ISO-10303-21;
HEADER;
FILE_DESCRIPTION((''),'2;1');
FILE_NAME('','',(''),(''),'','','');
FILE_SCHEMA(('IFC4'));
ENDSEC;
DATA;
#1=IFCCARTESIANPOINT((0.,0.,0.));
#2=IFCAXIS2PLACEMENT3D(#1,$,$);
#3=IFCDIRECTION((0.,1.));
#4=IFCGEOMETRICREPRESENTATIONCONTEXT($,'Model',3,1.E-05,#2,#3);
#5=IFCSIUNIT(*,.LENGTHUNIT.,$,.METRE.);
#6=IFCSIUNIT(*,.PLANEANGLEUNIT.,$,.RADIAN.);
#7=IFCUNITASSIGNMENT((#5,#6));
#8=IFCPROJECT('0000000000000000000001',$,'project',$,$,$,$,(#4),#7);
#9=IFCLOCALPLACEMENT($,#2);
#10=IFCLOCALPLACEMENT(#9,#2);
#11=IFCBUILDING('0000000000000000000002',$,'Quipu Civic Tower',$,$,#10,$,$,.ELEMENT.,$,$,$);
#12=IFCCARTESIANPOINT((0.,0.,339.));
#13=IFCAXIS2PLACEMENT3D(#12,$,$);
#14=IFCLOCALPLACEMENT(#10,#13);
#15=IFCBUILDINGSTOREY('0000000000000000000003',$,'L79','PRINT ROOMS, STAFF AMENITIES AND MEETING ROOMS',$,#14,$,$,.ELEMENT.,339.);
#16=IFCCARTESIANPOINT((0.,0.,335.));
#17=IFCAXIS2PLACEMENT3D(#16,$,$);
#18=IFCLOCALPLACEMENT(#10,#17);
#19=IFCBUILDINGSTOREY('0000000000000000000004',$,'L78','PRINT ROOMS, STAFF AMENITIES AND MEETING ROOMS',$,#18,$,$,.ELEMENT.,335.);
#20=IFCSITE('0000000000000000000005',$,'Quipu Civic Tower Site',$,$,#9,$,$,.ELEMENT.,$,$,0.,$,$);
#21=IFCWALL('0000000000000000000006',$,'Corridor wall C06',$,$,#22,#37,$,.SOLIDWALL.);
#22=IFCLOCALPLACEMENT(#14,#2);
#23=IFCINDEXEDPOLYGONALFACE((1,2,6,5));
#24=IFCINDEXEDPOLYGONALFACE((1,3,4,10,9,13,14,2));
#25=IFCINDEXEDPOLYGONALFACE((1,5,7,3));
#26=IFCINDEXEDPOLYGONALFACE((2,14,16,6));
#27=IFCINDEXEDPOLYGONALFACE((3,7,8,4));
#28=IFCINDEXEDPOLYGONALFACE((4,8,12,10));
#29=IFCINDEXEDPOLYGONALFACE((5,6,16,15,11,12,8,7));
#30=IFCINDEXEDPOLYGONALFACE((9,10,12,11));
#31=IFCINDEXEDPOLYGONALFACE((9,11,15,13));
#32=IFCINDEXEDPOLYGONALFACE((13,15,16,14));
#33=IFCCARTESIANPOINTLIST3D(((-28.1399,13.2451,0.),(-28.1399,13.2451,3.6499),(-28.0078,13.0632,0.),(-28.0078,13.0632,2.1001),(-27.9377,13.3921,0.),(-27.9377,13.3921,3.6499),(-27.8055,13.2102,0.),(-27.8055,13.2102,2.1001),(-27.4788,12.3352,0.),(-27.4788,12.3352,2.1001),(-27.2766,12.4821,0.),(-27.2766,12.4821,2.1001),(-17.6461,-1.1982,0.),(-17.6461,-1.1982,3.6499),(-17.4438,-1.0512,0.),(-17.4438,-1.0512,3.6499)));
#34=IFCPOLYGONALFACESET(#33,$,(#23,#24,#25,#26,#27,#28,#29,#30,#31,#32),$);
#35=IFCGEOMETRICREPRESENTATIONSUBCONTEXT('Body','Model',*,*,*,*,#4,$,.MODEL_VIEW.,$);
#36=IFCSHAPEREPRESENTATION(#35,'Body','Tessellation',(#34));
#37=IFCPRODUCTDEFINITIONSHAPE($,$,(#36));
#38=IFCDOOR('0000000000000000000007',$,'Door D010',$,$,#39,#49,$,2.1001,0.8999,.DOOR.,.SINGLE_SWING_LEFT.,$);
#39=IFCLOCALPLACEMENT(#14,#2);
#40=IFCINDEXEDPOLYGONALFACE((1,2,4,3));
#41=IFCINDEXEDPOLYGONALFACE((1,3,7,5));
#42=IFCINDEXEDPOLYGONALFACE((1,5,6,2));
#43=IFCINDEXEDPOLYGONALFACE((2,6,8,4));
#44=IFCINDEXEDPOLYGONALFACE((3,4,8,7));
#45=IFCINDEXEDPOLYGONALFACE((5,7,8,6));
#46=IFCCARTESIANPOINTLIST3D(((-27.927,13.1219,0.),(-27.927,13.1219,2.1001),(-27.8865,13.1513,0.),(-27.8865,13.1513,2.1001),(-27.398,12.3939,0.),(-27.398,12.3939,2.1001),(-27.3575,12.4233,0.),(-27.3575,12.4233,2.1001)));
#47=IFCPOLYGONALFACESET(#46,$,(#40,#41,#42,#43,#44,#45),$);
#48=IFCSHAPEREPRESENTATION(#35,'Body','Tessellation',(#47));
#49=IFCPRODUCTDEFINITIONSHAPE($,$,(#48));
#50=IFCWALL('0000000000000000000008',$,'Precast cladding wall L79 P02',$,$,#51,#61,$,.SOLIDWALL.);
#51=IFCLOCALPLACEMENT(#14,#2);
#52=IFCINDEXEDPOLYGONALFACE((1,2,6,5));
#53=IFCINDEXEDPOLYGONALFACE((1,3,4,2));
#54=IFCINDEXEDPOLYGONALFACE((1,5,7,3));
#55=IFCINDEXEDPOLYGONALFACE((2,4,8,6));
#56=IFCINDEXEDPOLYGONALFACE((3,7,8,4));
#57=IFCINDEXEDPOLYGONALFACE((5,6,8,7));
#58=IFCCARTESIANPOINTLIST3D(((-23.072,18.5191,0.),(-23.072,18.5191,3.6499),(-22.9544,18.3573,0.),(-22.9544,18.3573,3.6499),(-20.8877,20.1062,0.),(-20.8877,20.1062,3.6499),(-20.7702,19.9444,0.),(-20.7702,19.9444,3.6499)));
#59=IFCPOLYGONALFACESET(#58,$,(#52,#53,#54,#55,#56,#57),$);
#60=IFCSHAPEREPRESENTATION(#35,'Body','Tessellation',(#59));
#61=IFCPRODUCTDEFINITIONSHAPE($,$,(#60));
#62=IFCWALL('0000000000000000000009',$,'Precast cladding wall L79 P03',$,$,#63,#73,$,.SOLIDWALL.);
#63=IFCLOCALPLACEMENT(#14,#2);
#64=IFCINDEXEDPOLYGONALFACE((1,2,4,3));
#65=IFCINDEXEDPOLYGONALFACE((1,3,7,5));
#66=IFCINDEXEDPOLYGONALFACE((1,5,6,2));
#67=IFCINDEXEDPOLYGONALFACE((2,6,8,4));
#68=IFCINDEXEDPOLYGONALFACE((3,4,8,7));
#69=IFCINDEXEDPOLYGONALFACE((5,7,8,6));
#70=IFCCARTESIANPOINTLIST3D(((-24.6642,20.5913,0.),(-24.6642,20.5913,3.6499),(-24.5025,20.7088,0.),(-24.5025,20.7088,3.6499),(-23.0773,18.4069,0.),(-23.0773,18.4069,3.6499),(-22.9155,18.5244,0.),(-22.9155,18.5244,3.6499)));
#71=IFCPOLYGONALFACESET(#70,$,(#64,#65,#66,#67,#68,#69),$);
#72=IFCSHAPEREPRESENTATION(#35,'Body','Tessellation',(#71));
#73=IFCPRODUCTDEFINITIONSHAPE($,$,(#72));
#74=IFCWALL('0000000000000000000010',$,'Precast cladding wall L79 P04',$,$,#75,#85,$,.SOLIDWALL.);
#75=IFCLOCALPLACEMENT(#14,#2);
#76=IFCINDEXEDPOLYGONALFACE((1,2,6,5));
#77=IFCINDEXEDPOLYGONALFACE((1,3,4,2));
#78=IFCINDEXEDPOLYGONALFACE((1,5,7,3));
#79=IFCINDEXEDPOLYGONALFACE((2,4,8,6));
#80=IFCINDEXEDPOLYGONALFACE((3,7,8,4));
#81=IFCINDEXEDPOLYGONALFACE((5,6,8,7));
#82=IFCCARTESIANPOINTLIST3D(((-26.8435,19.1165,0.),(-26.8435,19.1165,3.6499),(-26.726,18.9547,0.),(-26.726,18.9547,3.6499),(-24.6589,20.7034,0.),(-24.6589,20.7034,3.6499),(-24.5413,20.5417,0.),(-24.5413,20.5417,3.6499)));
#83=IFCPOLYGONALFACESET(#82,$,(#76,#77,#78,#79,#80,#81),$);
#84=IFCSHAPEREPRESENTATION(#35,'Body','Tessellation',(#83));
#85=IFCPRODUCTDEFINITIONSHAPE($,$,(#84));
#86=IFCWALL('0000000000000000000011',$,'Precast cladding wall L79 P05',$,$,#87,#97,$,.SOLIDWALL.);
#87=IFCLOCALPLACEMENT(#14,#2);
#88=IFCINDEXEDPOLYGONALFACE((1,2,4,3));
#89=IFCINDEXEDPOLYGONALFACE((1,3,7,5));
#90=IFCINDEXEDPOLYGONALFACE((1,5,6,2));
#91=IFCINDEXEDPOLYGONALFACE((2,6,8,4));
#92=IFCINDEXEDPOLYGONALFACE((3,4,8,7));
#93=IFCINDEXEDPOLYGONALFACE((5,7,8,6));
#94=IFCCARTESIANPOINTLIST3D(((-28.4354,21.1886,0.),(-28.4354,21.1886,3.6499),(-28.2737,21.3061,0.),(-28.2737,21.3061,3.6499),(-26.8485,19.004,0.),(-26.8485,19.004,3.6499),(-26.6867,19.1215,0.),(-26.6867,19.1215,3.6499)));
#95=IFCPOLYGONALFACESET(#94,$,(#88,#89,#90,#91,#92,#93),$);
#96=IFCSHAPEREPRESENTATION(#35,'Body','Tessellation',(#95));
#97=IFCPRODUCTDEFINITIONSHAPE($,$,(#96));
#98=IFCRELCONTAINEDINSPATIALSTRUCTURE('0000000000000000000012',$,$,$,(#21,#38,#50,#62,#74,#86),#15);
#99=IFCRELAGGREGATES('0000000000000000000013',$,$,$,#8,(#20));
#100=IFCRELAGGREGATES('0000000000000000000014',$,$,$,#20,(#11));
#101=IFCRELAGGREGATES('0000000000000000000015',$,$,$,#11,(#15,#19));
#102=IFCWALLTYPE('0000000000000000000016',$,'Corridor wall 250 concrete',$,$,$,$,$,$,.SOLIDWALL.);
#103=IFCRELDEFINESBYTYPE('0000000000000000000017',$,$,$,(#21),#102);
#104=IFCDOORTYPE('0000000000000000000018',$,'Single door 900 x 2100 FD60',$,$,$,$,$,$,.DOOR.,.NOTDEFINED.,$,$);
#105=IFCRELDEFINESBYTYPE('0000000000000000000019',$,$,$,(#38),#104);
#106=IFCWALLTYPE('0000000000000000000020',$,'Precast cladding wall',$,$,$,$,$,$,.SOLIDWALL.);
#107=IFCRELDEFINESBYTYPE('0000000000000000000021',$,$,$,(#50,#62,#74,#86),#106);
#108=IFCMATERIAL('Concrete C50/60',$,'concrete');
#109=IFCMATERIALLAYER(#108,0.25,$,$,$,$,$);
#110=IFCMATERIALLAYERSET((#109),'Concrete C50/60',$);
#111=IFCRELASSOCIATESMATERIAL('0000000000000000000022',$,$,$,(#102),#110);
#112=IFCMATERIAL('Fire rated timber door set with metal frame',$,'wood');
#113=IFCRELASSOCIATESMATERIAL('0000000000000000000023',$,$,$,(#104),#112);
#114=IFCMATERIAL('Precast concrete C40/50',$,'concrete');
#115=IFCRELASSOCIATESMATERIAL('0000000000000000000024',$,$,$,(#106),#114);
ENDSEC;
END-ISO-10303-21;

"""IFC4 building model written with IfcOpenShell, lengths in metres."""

from ifc_helpers import new_model, si_unit, direction, frame, frame_2d, origin, place, context, subcontext, project, spatial, rectangle, extrude, material, layer, layer_set, type_object, element, fill, save


model = new_model("IFC4")

# Units and contexts
model_context = context("Model", 3, precision=1e-05, world=origin(), true_north=direction((0.0, 1.0)))
body_context = subcontext(model_context, "Body", "Model", "MODEL_VIEW")
ifc_project = project(units=[si_unit("LENGTHUNIT", "METRE"), si_unit("PLANEANGLEUNIT", "RADIAN")], contexts=[model_context])

# Site, building, storey
site_placement = place(None, origin())
site = spatial("IfcSite", under=ifc_project, at=site_placement, Name="Quipu Civic Tower Site", CompositionType="ELEMENT", RefElevation=0.0)
building_placement = place(site_placement, origin())
building = spatial("IfcBuilding", under=site, at=building_placement, Name="Quipu Civic Tower", CompositionType="ELEMENT")
storey_1_placement = place(building_placement, frame((0.0, 0.0, 339.0)))
storey_1 = spatial("IfcBuildingStorey", under=building, at=storey_1_placement, Name="L79", Description="PRINT ROOMS, STAFF AMENITIES AND MEETING ROOMS", CompositionType="ELEMENT", Elevation=339.0)

# Shared definitions
storey_2_placement = place(building_placement, frame((0.0, 0.0, 335.0)))
storey_2 = spatial("IfcBuildingStorey", under=building, at=storey_2_placement, Name="L78", Description="PRINT ROOMS, STAFF AMENITIES AND MEETING ROOMS", CompositionType="ELEMENT", Elevation=335.0)

# Wall, opening, door
ifc_material_1 = material(Name="Concrete C50/60", Category="concrete")
ifc_layer_1 = layer(ifc_material_1, 0.25)
ifc_layer_set_1 = layer_set([ifc_layer_1], Name="Concrete C50/60")
wall_type_1 = type_object("IfcWallType", Name="Corridor wall 250 concrete", PredefinedType="SOLIDWALL", material=ifc_layer_set_1)
wall_1_placement = place(storey_1_placement, frame((-28.0388, 13.3186, 0.0), z_axis=(0.0, 0.0, 1.0), x_axis=(0.587792, -0.809012, 0.0)))
wall_1 = element("IfcWall", 1, at=wall_1_placement, inside=storey_1, type_object=wall_type_1, Name="Corridor wall C06", PredefinedType="SOLIDWALL", context=body_context, shape_type="SweptSolid", body=[
    extrude(rectangle(XDim=17.853, YDim=0.25, at=frame_2d((8.9265, 0.0))), origin(), (0.0, 0.0, 1.0), 3.6499),
])
opening_placement = place(wall_1_placement, frame((0.2249, 0.0, 0.0)))
opening = element("IfcOpeningElement", 2, at=opening_placement, cuts=wall_1, PredefinedType="OPENING", context=body_context, shape_type="SweptSolid", body=[
    extrude(rectangle(XDim=0.8999, YDim=2.1001, at=frame_2d((0.45, 1.05))), frame((0.0, 0.135, 0.0), z_axis=(0.0, -1.0, 0.0), x_axis=(1.0, 0.0, 0.0)), (0.0, 0.0, 1.0), 0.27),
])
ifc_material_2 = material(Name="Fire rated timber door set with metal frame", Category="wood")
door_type = type_object("IfcDoorType", Name="Single door 900 x 2100 FD60", OperationType="NOTDEFINED", PredefinedType="DOOR", material=ifc_material_2)
door_placement = place(opening_placement, origin())
door = element("IfcDoor", 3, at=door_placement, inside=storey_1, type_object=door_type, Name="Door D010", OperationType="SINGLE_SWING_LEFT", OverallHeight=2.1001, OverallWidth=0.8999, PredefinedType="DOOR", context=body_context, shape_type="SweptSolid", body=[
    extrude(rectangle(XDim=0.8999, YDim=2.1001, at=frame_2d((0.45, 1.05))), frame((0.0, 0.0249, 0.0), z_axis=(0.0, -1.0, 0.0), x_axis=(1.0, 0.0, 0.0)), (0.0, 0.0, 1.0), 0.05),
])
fill(opening, door)

# Walls
ifc_material_3 = material(Name="Precast concrete C40/50", Category="concrete")
wall_type_2 = type_object("IfcWallType", Name="Precast cladding wall", PredefinedType="SOLIDWALL", material=ifc_material_3)
for number, where, z_axis, x_axis, name in (
    (4, (-20.8289, 20.0254, 0.0), (0.0, 0.0, 1.0), (-0.80899, -0.587822, 0.0), "Precast cladding wall L79 P02"),
    (5, (-22.9963, 18.4656, 0.0), (0.0, 0.0, 1.0), (-0.587763, 0.809033, 0.0), "Precast cladding wall L79 P03"),
):
    element("IfcWall", number, at=place(storey_1_placement, frame(where, z_axis=z_axis, x_axis=x_axis)), inside=storey_1, type_object=wall_type_2, Name=name, PredefinedType="SOLIDWALL", context=body_context, shape_type="SweptSolid", body=[
        extrude(rectangle(XDim=2.7, YDim=0.2, at=frame_2d((1.3501, 0.0))), origin(), (0.0, 0.0, 1.0), 3.6499),
    ])
for number, where, z_axis, x_axis, name in (
    (6, (-24.6001, 20.6226, 0.0), (0.0, 0.0, 1.0), (-0.809064, -0.58772, 0.0), "Precast cladding wall L79 P04"),
    (7, (-26.7676, 19.0627, 0.0), (0.0, 0.0, 1.0), (-0.58772, 0.809064, 0.0), "Precast cladding wall L79 P05"),
):
    element("IfcWall", number, at=place(storey_1_placement, frame(where, z_axis=z_axis, x_axis=x_axis)), inside=storey_1, type_object=wall_type_2, Name=name, PredefinedType="SOLIDWALL", context=body_context, shape_type="SweptSolid", body=[
        extrude(rectangle(XDim=2.7002, YDim=0.2, at=frame_2d((1.3501, 0.0))), origin(), (0.0, 0.0, 1.0), 3.6499),
    ])

save(model, "model.ifc")
